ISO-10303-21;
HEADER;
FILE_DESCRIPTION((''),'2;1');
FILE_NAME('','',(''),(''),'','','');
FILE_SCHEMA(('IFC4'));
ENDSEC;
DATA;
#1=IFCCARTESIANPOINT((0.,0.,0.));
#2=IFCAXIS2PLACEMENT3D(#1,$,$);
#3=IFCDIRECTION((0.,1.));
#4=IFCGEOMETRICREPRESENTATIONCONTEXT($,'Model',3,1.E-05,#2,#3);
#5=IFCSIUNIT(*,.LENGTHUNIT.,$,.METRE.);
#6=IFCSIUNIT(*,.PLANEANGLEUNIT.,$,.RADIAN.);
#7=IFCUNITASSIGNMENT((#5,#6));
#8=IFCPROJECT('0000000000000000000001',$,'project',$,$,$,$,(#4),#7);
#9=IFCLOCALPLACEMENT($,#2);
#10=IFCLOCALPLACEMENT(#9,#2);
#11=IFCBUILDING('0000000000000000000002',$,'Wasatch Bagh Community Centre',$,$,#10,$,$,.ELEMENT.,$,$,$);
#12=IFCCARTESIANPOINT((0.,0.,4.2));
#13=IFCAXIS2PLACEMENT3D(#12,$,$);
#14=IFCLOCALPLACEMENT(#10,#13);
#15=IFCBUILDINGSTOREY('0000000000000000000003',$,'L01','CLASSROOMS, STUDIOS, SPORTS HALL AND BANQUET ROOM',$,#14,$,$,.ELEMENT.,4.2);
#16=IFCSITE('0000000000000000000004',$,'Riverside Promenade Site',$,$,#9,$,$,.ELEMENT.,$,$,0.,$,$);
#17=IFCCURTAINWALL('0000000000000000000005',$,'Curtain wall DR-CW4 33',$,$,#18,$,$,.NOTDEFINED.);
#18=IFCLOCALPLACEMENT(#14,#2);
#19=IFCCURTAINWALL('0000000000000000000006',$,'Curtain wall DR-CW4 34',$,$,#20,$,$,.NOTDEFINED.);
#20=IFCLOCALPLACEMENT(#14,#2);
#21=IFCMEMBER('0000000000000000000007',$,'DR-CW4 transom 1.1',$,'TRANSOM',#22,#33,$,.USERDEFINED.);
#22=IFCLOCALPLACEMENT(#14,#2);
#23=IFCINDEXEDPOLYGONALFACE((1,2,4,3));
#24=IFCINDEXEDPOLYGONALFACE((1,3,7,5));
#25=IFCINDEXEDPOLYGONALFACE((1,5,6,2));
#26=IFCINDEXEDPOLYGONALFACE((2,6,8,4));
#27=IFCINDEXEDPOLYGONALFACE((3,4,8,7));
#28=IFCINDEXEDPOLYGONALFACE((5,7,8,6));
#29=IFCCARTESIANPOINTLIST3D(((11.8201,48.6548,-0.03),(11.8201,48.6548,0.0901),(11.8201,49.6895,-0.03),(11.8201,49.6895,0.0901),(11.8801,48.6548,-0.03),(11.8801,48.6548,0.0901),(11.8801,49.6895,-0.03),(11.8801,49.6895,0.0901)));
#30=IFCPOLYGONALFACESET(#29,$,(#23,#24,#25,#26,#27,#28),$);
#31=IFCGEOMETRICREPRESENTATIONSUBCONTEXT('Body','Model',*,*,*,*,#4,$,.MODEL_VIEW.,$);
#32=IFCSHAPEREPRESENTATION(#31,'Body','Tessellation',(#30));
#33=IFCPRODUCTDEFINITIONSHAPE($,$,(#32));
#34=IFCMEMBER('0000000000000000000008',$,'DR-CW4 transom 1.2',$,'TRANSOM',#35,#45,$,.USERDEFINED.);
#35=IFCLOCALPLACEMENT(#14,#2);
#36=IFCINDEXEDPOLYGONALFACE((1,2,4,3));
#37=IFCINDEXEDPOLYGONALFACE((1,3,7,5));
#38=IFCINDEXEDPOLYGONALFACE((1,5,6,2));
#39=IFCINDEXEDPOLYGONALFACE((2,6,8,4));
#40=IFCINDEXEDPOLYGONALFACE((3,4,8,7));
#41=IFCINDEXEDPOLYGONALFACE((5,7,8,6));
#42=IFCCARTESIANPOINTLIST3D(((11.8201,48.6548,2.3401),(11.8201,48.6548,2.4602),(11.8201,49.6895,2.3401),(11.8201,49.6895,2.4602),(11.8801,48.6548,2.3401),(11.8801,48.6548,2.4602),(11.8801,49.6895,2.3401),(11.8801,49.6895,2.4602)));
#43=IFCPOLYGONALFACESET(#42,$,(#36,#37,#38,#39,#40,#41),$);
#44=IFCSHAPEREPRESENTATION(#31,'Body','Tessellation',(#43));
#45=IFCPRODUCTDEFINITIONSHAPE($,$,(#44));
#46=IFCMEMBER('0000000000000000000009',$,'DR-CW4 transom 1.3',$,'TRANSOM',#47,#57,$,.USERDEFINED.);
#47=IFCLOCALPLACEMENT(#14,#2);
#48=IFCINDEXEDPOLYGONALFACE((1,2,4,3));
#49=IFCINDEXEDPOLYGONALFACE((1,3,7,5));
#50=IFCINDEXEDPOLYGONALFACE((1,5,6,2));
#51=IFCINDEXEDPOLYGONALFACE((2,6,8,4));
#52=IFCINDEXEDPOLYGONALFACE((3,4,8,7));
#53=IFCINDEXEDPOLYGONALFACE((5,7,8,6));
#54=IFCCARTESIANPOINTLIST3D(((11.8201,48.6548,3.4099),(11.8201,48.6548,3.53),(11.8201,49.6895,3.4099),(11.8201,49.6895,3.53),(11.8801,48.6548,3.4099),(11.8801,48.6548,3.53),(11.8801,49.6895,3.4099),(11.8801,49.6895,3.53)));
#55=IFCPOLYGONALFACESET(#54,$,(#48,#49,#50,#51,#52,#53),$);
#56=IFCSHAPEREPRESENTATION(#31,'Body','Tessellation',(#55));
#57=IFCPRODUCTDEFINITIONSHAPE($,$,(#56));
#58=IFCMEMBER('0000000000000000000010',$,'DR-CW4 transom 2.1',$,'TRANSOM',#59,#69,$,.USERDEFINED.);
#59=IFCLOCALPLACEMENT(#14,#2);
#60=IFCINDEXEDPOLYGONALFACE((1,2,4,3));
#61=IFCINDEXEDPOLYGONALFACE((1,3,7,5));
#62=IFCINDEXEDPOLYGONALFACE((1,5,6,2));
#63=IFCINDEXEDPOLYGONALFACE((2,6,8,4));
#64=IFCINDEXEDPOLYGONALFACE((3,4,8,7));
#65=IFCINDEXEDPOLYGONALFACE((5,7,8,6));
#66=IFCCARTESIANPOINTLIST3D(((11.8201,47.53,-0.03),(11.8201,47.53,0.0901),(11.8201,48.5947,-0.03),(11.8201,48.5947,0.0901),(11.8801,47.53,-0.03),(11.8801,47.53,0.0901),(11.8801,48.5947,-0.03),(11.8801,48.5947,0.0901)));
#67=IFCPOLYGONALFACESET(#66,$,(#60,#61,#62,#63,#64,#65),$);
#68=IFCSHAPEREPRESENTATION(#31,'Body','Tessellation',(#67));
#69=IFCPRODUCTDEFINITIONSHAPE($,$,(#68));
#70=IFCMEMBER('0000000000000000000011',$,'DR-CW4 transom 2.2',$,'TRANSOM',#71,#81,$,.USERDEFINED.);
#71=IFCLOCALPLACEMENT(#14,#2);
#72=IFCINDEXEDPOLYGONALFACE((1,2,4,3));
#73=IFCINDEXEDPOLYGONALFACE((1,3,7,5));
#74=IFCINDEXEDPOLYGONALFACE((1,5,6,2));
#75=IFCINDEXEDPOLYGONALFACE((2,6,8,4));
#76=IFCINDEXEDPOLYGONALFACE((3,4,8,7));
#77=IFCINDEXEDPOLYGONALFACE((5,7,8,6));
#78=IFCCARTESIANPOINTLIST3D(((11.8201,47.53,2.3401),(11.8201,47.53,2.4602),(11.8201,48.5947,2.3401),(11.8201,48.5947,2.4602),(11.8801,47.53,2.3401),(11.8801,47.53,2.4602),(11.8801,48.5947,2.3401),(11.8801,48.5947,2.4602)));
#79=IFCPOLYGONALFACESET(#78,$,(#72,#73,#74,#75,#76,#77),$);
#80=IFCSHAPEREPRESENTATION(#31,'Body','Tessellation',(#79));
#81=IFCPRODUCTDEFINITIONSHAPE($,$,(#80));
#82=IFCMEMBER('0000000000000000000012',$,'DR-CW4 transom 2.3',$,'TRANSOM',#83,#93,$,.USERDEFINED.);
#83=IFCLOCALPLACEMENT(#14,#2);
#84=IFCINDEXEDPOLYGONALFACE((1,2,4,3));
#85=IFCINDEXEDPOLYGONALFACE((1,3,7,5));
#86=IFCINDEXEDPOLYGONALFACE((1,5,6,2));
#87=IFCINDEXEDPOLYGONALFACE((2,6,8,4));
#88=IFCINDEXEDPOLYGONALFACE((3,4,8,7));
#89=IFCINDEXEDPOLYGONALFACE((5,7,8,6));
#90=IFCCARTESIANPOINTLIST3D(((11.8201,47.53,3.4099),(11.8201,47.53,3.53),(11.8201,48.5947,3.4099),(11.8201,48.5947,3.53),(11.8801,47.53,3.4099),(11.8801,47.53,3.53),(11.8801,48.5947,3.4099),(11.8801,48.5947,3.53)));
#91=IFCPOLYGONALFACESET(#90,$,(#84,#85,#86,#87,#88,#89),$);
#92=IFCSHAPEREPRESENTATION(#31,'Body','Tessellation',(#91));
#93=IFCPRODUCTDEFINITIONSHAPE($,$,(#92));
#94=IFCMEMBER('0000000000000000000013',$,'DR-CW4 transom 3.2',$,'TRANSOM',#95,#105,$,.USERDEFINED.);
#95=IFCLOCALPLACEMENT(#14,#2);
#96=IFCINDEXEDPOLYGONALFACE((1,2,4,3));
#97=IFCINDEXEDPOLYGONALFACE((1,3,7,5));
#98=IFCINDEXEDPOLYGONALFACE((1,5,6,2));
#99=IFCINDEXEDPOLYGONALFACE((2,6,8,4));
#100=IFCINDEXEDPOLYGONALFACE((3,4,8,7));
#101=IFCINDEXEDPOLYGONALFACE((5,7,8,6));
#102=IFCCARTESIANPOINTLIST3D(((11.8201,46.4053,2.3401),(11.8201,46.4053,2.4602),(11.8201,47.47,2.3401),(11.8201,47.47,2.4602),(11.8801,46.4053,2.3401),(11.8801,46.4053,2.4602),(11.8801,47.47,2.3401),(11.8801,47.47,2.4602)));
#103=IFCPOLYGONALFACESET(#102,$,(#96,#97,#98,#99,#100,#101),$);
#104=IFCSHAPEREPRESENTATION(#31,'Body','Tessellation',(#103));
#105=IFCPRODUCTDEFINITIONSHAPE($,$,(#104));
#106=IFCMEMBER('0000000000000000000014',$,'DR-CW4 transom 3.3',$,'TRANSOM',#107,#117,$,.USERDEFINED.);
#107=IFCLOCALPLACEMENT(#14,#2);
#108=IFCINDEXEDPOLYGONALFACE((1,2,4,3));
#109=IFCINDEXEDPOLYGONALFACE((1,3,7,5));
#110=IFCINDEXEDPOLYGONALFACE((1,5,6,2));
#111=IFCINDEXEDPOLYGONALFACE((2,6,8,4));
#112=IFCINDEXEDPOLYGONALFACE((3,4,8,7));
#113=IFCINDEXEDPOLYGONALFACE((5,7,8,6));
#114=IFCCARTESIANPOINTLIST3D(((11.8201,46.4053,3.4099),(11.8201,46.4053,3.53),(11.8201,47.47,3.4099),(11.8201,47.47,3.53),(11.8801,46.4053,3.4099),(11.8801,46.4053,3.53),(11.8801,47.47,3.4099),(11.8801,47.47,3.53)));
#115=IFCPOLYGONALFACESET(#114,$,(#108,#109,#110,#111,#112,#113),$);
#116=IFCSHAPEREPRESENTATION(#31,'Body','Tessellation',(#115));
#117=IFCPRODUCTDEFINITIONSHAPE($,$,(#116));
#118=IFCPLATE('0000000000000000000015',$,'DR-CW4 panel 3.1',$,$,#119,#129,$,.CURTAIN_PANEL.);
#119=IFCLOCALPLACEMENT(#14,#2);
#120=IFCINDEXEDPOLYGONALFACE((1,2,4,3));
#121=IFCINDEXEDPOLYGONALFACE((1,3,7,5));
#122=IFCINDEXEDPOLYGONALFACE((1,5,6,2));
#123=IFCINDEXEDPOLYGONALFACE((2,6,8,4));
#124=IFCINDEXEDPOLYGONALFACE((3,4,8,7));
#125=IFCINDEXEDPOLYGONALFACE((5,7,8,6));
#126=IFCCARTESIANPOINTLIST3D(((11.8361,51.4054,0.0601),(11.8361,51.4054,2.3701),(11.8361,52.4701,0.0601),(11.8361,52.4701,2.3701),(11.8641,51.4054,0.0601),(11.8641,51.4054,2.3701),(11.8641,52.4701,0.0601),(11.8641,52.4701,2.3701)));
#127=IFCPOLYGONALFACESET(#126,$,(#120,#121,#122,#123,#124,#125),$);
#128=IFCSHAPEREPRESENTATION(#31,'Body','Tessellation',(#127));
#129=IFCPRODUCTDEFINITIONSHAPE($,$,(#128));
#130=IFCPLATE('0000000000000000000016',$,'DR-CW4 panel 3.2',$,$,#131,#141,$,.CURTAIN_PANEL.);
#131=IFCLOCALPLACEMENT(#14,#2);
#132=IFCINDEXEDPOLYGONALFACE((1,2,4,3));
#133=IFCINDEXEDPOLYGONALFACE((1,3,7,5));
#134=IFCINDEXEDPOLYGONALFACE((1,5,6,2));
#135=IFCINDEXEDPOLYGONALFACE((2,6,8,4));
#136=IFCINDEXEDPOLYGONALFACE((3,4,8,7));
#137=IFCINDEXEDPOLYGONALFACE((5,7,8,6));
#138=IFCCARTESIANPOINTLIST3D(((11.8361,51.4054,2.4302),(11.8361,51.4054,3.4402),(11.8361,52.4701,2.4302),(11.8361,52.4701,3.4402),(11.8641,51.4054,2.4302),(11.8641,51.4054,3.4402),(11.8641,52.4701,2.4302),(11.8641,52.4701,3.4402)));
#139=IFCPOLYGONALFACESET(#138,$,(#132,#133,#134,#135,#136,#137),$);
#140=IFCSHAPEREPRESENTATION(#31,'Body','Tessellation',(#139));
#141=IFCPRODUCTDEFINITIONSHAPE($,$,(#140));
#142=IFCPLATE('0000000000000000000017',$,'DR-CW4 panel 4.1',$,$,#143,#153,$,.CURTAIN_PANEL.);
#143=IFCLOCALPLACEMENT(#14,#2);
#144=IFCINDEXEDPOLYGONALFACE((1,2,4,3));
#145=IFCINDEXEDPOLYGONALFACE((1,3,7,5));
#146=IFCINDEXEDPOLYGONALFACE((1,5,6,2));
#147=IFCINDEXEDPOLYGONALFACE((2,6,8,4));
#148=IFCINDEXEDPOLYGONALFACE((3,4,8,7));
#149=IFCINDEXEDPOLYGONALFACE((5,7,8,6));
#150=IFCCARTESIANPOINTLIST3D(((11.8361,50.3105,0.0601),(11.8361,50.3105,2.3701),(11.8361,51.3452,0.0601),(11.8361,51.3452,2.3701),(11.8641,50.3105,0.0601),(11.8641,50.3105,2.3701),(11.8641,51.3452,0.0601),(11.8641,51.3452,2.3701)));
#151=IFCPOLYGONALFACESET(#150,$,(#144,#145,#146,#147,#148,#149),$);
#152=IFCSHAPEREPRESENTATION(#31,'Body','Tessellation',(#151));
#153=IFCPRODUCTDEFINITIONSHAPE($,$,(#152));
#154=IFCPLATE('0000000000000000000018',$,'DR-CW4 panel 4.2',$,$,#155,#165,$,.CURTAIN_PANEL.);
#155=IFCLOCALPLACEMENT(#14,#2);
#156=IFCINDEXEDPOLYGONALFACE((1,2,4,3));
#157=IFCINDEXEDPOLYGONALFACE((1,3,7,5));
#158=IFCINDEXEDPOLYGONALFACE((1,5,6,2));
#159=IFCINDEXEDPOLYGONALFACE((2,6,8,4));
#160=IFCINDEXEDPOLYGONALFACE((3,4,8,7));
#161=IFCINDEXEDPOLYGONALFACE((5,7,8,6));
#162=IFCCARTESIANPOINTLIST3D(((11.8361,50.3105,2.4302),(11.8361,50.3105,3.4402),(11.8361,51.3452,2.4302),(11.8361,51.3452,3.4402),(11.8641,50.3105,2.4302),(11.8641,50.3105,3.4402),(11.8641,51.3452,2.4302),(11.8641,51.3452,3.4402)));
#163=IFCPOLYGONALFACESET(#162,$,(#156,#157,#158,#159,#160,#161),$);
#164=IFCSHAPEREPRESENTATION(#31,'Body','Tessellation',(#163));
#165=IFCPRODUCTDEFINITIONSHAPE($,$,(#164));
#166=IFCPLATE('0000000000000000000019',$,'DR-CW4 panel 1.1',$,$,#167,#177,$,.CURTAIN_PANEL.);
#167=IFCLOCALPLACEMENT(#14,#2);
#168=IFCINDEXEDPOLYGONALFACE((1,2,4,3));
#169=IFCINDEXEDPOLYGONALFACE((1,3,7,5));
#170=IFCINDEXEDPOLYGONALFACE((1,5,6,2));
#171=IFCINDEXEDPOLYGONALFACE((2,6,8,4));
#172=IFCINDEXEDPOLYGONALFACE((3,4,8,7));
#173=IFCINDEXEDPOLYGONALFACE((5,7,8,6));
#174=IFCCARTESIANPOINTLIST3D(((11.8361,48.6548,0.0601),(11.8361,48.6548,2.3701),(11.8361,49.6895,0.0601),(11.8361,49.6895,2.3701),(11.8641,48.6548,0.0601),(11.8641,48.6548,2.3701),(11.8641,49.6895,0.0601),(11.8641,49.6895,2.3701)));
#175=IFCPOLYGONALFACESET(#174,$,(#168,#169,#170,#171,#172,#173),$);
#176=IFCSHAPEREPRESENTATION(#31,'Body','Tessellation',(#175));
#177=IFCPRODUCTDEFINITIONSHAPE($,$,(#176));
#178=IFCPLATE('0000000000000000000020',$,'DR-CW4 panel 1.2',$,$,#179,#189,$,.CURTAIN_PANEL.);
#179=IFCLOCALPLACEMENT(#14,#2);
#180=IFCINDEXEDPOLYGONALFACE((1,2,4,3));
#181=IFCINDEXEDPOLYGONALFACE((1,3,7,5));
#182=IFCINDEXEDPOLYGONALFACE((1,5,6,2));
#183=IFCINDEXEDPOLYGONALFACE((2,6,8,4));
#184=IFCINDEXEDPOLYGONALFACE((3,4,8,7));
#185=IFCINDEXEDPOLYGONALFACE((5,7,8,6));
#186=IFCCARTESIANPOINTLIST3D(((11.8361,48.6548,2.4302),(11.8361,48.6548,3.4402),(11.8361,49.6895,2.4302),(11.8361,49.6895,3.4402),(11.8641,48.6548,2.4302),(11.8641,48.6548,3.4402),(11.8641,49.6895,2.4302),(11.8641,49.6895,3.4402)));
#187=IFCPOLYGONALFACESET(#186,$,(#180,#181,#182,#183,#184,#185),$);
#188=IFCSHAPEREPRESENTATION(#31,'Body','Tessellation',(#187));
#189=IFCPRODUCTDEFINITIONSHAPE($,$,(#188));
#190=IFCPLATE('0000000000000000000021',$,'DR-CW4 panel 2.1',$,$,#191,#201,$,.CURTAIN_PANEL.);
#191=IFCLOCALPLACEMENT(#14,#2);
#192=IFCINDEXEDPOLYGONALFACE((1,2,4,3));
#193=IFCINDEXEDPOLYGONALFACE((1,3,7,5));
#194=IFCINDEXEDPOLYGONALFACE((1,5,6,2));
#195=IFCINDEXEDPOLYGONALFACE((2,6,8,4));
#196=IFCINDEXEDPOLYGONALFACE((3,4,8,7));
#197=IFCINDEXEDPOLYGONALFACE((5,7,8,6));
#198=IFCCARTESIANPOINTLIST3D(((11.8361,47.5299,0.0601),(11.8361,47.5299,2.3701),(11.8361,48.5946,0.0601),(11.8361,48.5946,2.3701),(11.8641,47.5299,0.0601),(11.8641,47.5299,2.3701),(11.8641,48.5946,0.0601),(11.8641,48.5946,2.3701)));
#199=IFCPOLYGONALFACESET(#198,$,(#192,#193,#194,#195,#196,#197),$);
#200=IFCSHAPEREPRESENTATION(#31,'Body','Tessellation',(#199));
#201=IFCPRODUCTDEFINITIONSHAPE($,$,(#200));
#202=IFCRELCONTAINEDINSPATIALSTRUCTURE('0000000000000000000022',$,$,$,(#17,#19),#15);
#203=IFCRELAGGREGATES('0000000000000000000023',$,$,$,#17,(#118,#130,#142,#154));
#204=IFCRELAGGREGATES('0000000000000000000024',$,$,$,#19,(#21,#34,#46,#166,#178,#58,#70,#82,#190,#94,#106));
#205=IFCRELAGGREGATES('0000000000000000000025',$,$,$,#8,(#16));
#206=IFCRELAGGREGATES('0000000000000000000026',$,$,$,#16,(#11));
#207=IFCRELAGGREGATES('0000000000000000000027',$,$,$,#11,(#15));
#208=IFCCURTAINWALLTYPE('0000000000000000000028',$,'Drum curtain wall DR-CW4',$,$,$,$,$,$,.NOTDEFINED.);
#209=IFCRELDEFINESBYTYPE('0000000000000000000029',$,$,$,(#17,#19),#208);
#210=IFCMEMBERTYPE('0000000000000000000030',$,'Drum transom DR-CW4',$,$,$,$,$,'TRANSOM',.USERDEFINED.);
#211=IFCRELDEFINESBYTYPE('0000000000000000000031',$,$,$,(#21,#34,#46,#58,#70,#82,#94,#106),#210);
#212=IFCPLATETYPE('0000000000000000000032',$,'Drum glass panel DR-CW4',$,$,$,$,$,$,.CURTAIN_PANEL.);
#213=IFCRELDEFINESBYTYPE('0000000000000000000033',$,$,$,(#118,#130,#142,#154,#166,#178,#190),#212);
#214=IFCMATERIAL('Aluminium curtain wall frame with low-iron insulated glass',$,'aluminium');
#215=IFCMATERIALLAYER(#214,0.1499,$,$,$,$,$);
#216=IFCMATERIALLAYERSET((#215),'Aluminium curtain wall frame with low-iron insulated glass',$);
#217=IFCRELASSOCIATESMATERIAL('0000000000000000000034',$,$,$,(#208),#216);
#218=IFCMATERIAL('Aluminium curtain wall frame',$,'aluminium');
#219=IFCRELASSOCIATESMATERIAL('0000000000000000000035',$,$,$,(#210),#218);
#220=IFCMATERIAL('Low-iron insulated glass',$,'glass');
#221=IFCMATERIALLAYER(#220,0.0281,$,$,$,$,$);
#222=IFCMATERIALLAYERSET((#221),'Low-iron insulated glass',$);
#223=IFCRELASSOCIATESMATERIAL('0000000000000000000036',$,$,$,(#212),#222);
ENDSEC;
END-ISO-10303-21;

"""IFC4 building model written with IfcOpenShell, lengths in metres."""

from ifc_helpers import new_model, si_unit, direction, frame, origin, origin_2d, place, context, subcontext, project, spatial, rectangle, extrude, material, layer, layer_set, material_profile, profile_set, type_object, element, aggregate, save


model = new_model("IFC4")

# Units and contexts
model_context = context("Model", 3, precision=1e-05, world=origin(), true_north=direction((0.0, 1.0)))
body_context = subcontext(model_context, "Body", "Model", "MODEL_VIEW")
ifc_project = project(units=[si_unit("LENGTHUNIT", "METRE"), si_unit("PLANEANGLEUNIT", "RADIAN")], contexts=[model_context])

# Site, building, storey
site_placement = place(None, origin())
site = spatial("IfcSite", under=ifc_project, at=site_placement, Name="Riverside Promenade Site", CompositionType="ELEMENT", RefElevation=0.0)
building_placement = place(site_placement, origin())
building = spatial("IfcBuilding", under=site, at=building_placement, Name="Wasatch Bagh Community Centre", CompositionType="ELEMENT")
storey_placement = place(building_placement, frame((0.0, 0.0, 4.2)))
storey = spatial("IfcBuildingStorey", under=building, at=storey_placement, Name="L01", Description="CLASSROOMS, STUDIOS, SPORTS HALL AND BANQUET ROOM", CompositionType="ELEMENT", Elevation=4.2)

# Curtain walls
ifc_material_1 = material(Name="Aluminium curtain wall frame with low-iron insulated glass", Category="aluminium")
ifc_layer_1 = layer(ifc_material_1, 0.1499)
ifc_layer_set_1 = layer_set([ifc_layer_1], Name="Aluminium curtain wall frame with low-iron insulated glass")
curtain_wall_type = type_object("IfcCurtainWallType", Name="Drum curtain wall DR-CW4", PredefinedType="NOTDEFINED", material=ifc_layer_set_1)
curtain_wall_1_placement = place(storey_placement, origin())
curtain_wall_1 = element("IfcCurtainWall", 1, at=curtain_wall_1_placement, inside=storey, type_object=curtain_wall_type, Name="Curtain wall DR-CW4 33", PredefinedType="NOTDEFINED")
ifc_material_2 = material(Name="Aluminium curtain wall frame", Category="aluminium")
curtain_wall_2_placement = place(storey_placement, origin())
curtain_wall_2 = element("IfcCurtainWall", 2, at=curtain_wall_2_placement, inside=storey, type_object=curtain_wall_type, Name="Curtain wall DR-CW4 34", PredefinedType="NOTDEFINED")

# Members
ifc_material_profile_1 = material_profile(ifc_material_2, rectangle(XDim=0.0601, YDim=0.1201, at=origin_2d()), Name="Drum transom DR-CW4")
ifc_profile_set_1 = profile_set([ifc_material_profile_1], Name="Aluminium curtain wall frame")
member_type_1 = type_object("IfcMemberType", Name="Drum transom DR-CW4", ElementType="TRANSOM", PredefinedType="USERDEFINED", material=ifc_profile_set_1)
member_1_placement = place(storey_placement, frame((11.8501, 49.6895, 0.03), z_axis=(0.0, -1.0, 0.0), x_axis=(1.0, 0.0, 0.0)))
member_1 = element("IfcMember", 3, at=member_1_placement, type_object=member_type_1, Name="DR-CW4 transom 1.1", ObjectType="TRANSOM", PredefinedType="USERDEFINED", context=body_context, shape_type="SweptSolid", body=[
    extrude(rectangle(XDim=0.0601, YDim=0.1201, at=origin_2d()), origin(), (0.0, 0.0, 1.0), 1.0347),
])
member_2_placement = place(storey_placement, frame((11.8501, 49.6895, 2.4001), z_axis=(0.0, -1.0, 0.0), x_axis=(1.0, 0.0, 0.0)))
member_2 = element("IfcMember", 4, at=member_2_placement, type_object=member_type_1, Name="DR-CW4 transom 1.2", ObjectType="TRANSOM", PredefinedType="USERDEFINED", context=body_context, shape_type="SweptSolid", body=[
    extrude(rectangle(XDim=0.0601, YDim=0.1201, at=origin_2d()), origin(), (0.0, 0.0, 1.0), 1.0347),
])
member_3_placement = place(storey_placement, frame((11.8501, 49.6895, 3.47), z_axis=(0.0, -1.0, 0.0), x_axis=(1.0, 0.0, 0.0)))
member_3 = element("IfcMember", 5, at=member_3_placement, type_object=member_type_1, Name="DR-CW4 transom 1.3", ObjectType="TRANSOM", PredefinedType="USERDEFINED", context=body_context, shape_type="SweptSolid", body=[
    extrude(rectangle(XDim=0.0601, YDim=0.1201, at=origin_2d()), origin(), (0.0, 0.0, 1.0), 1.0347),
])
member_4_placement = place(storey_placement, frame((11.8501, 48.5947, 0.03), z_axis=(0.0, -1.0, 0.0), x_axis=(1.0, 0.0, 0.0)))
member_4 = element("IfcMember", 6, at=member_4_placement, type_object=member_type_1, Name="DR-CW4 transom 2.1", ObjectType="TRANSOM", PredefinedType="USERDEFINED", context=body_context, shape_type="SweptSolid", body=[
    extrude(rectangle(XDim=0.0601, YDim=0.1201, at=origin_2d()), origin(), (0.0, 0.0, 1.0), 1.0647),
])
member_5_placement = place(storey_placement, frame((11.8501, 48.5947, 2.4001), z_axis=(0.0, -1.0, 0.0), x_axis=(1.0, 0.0, 0.0)))
member_5 = element("IfcMember", 7, at=member_5_placement, type_object=member_type_1, Name="DR-CW4 transom 2.2", ObjectType="TRANSOM", PredefinedType="USERDEFINED", context=body_context, shape_type="SweptSolid", body=[
    extrude(rectangle(XDim=0.0601, YDim=0.1201, at=origin_2d()), origin(), (0.0, 0.0, 1.0), 1.0647),
])
member_6_placement = place(storey_placement, frame((11.8501, 48.5947, 3.47), z_axis=(0.0, -1.0, 0.0), x_axis=(1.0, 0.0, 0.0)))
member_6 = element("IfcMember", 8, at=member_6_placement, type_object=member_type_1, Name="DR-CW4 transom 2.3", ObjectType="TRANSOM", PredefinedType="USERDEFINED", context=body_context, shape_type="SweptSolid", body=[
    extrude(rectangle(XDim=0.0601, YDim=0.1201, at=origin_2d()), origin(), (0.0, 0.0, 1.0), 1.0647),
])
member_7_placement = place(storey_placement, frame((11.8501, 47.47, 2.4001), z_axis=(0.0, -1.0, 0.0), x_axis=(1.0, 0.0, 0.0)))
member_7 = element("IfcMember", 9, at=member_7_placement, type_object=member_type_1, Name="DR-CW4 transom 3.2", ObjectType="TRANSOM", PredefinedType="USERDEFINED", context=body_context, shape_type="SweptSolid", body=[
    extrude(rectangle(XDim=0.0601, YDim=0.1201, at=origin_2d()), origin(), (0.0, 0.0, 1.0), 1.0647),
])
member_8_placement = place(storey_placement, frame((11.8501, 47.47, 3.47), z_axis=(0.0, -1.0, 0.0), x_axis=(1.0, 0.0, 0.0)))
member_8 = element("IfcMember", 10, at=member_8_placement, type_object=member_type_1, Name="DR-CW4 transom 3.3", ObjectType="TRANSOM", PredefinedType="USERDEFINED", context=body_context, shape_type="SweptSolid", body=[
    extrude(rectangle(XDim=0.0601, YDim=0.1201, at=origin_2d()), origin(), (0.0, 0.0, 1.0), 1.0647),
])

# Plates
ifc_material_3 = material(Name="Low-iron insulated glass", Category="glass")
ifc_layer_2 = layer(ifc_material_3, 0.0281)
ifc_layer_set_2 = layer_set([ifc_layer_2], Name="Low-iron insulated glass")
plate_type = type_object("IfcPlateType", Name="Drum glass panel DR-CW4", PredefinedType="CURTAIN_PANEL", material=ifc_layer_set_2)
plate_1_placement = place(storey_placement, frame((11.8501, 51.9377, 0.0601), z_axis=(0.0, 0.0, 1.0), x_axis=(0.0, -1.0, 0.0)))
plate_1 = element("IfcPlate", 11, at=plate_1_placement, type_object=plate_type, Name="DR-CW4 panel 3.1", PredefinedType="CURTAIN_PANEL", context=body_context, shape_type="SweptSolid", body=[
    extrude(rectangle(XDim=1.0647, YDim=0.0281, at=origin_2d()), origin(), (0.0, 0.0, 1.0), 2.3101),
])
plate_2_placement = place(storey_placement, frame((11.8501, 51.9377, 2.4302), z_axis=(0.0, 0.0, 1.0), x_axis=(0.0, -1.0, 0.0)))
plate_2 = element("IfcPlate", 12, at=plate_2_placement, type_object=plate_type, Name="DR-CW4 panel 3.2", PredefinedType="CURTAIN_PANEL", context=body_context, shape_type="SweptSolid", body=[
    extrude(rectangle(XDim=1.0647, YDim=0.0281, at=origin_2d()), origin(), (0.0, 0.0, 1.0), 1.01),
])
plate_3_placement = place(storey_placement, frame((11.8501, 50.8279, 0.0601), z_axis=(0.0, 0.0, 1.0), x_axis=(0.0, -1.0, 0.0)))
plate_3 = element("IfcPlate", 13, at=plate_3_placement, type_object=plate_type, Name="DR-CW4 panel 4.1", PredefinedType="CURTAIN_PANEL", context=body_context, shape_type="SweptSolid", body=[
    extrude(rectangle(XDim=1.0347, YDim=0.0281, at=origin_2d()), origin(), (0.0, 0.0, 1.0), 2.3101),
])
plate_4_placement = place(storey_placement, frame((11.8501, 50.8279, 2.4302), z_axis=(0.0, 0.0, 1.0), x_axis=(0.0, -1.0, 0.0)))
plate_4 = element("IfcPlate", 14, at=plate_4_placement, type_object=plate_type, Name="DR-CW4 panel 4.2", PredefinedType="CURTAIN_PANEL", context=body_context, shape_type="SweptSolid", body=[
    extrude(rectangle(XDim=1.0347, YDim=0.0281, at=origin_2d()), origin(), (0.0, 0.0, 1.0), 1.01),
])
aggregate(curtain_wall_1, [plate_1, plate_2, plate_3, plate_4])
plate_5_placement = place(storey_placement, frame((11.8501, 49.1721, 0.0601), z_axis=(0.0, 0.0, 1.0), x_axis=(0.0, -1.0, 0.0)))
plate_5 = element("IfcPlate", 15, at=plate_5_placement, type_object=plate_type, Name="DR-CW4 panel 1.1", PredefinedType="CURTAIN_PANEL", context=body_context, shape_type="SweptSolid", body=[
    extrude(rectangle(XDim=1.0347, YDim=0.0281, at=origin_2d()), origin(), (0.0, 0.0, 1.0), 2.3101),
])
plate_6_placement = place(storey_placement, frame((11.8501, 49.1721, 2.4302), z_axis=(0.0, 0.0, 1.0), x_axis=(0.0, -1.0, 0.0)))
plate_6 = element("IfcPlate", 16, at=plate_6_placement, type_object=plate_type, Name="DR-CW4 panel 1.2", PredefinedType="CURTAIN_PANEL", context=body_context, shape_type="SweptSolid", body=[
    extrude(rectangle(XDim=1.0347, YDim=0.0281, at=origin_2d()), origin(), (0.0, 0.0, 1.0), 1.01),
])
plate_7_placement = place(storey_placement, frame((11.8501, 48.0623, 0.0601), z_axis=(0.0, 0.0, 1.0), x_axis=(0.0, -1.0, 0.0)))
plate_7 = element("IfcPlate", 17, at=plate_7_placement, type_object=plate_type, Name="DR-CW4 panel 2.1", PredefinedType="CURTAIN_PANEL", context=body_context, shape_type="SweptSolid", body=[
    extrude(rectangle(XDim=1.0647, YDim=0.0281, at=origin_2d()), origin(), (0.0, 0.0, 1.0), 2.3101),
])
aggregate(curtain_wall_2, [member_1, member_2, member_3, plate_5, plate_6, member_4, member_5, member_6, plate_7, member_7, member_8])

save(model, "model.ifc")
